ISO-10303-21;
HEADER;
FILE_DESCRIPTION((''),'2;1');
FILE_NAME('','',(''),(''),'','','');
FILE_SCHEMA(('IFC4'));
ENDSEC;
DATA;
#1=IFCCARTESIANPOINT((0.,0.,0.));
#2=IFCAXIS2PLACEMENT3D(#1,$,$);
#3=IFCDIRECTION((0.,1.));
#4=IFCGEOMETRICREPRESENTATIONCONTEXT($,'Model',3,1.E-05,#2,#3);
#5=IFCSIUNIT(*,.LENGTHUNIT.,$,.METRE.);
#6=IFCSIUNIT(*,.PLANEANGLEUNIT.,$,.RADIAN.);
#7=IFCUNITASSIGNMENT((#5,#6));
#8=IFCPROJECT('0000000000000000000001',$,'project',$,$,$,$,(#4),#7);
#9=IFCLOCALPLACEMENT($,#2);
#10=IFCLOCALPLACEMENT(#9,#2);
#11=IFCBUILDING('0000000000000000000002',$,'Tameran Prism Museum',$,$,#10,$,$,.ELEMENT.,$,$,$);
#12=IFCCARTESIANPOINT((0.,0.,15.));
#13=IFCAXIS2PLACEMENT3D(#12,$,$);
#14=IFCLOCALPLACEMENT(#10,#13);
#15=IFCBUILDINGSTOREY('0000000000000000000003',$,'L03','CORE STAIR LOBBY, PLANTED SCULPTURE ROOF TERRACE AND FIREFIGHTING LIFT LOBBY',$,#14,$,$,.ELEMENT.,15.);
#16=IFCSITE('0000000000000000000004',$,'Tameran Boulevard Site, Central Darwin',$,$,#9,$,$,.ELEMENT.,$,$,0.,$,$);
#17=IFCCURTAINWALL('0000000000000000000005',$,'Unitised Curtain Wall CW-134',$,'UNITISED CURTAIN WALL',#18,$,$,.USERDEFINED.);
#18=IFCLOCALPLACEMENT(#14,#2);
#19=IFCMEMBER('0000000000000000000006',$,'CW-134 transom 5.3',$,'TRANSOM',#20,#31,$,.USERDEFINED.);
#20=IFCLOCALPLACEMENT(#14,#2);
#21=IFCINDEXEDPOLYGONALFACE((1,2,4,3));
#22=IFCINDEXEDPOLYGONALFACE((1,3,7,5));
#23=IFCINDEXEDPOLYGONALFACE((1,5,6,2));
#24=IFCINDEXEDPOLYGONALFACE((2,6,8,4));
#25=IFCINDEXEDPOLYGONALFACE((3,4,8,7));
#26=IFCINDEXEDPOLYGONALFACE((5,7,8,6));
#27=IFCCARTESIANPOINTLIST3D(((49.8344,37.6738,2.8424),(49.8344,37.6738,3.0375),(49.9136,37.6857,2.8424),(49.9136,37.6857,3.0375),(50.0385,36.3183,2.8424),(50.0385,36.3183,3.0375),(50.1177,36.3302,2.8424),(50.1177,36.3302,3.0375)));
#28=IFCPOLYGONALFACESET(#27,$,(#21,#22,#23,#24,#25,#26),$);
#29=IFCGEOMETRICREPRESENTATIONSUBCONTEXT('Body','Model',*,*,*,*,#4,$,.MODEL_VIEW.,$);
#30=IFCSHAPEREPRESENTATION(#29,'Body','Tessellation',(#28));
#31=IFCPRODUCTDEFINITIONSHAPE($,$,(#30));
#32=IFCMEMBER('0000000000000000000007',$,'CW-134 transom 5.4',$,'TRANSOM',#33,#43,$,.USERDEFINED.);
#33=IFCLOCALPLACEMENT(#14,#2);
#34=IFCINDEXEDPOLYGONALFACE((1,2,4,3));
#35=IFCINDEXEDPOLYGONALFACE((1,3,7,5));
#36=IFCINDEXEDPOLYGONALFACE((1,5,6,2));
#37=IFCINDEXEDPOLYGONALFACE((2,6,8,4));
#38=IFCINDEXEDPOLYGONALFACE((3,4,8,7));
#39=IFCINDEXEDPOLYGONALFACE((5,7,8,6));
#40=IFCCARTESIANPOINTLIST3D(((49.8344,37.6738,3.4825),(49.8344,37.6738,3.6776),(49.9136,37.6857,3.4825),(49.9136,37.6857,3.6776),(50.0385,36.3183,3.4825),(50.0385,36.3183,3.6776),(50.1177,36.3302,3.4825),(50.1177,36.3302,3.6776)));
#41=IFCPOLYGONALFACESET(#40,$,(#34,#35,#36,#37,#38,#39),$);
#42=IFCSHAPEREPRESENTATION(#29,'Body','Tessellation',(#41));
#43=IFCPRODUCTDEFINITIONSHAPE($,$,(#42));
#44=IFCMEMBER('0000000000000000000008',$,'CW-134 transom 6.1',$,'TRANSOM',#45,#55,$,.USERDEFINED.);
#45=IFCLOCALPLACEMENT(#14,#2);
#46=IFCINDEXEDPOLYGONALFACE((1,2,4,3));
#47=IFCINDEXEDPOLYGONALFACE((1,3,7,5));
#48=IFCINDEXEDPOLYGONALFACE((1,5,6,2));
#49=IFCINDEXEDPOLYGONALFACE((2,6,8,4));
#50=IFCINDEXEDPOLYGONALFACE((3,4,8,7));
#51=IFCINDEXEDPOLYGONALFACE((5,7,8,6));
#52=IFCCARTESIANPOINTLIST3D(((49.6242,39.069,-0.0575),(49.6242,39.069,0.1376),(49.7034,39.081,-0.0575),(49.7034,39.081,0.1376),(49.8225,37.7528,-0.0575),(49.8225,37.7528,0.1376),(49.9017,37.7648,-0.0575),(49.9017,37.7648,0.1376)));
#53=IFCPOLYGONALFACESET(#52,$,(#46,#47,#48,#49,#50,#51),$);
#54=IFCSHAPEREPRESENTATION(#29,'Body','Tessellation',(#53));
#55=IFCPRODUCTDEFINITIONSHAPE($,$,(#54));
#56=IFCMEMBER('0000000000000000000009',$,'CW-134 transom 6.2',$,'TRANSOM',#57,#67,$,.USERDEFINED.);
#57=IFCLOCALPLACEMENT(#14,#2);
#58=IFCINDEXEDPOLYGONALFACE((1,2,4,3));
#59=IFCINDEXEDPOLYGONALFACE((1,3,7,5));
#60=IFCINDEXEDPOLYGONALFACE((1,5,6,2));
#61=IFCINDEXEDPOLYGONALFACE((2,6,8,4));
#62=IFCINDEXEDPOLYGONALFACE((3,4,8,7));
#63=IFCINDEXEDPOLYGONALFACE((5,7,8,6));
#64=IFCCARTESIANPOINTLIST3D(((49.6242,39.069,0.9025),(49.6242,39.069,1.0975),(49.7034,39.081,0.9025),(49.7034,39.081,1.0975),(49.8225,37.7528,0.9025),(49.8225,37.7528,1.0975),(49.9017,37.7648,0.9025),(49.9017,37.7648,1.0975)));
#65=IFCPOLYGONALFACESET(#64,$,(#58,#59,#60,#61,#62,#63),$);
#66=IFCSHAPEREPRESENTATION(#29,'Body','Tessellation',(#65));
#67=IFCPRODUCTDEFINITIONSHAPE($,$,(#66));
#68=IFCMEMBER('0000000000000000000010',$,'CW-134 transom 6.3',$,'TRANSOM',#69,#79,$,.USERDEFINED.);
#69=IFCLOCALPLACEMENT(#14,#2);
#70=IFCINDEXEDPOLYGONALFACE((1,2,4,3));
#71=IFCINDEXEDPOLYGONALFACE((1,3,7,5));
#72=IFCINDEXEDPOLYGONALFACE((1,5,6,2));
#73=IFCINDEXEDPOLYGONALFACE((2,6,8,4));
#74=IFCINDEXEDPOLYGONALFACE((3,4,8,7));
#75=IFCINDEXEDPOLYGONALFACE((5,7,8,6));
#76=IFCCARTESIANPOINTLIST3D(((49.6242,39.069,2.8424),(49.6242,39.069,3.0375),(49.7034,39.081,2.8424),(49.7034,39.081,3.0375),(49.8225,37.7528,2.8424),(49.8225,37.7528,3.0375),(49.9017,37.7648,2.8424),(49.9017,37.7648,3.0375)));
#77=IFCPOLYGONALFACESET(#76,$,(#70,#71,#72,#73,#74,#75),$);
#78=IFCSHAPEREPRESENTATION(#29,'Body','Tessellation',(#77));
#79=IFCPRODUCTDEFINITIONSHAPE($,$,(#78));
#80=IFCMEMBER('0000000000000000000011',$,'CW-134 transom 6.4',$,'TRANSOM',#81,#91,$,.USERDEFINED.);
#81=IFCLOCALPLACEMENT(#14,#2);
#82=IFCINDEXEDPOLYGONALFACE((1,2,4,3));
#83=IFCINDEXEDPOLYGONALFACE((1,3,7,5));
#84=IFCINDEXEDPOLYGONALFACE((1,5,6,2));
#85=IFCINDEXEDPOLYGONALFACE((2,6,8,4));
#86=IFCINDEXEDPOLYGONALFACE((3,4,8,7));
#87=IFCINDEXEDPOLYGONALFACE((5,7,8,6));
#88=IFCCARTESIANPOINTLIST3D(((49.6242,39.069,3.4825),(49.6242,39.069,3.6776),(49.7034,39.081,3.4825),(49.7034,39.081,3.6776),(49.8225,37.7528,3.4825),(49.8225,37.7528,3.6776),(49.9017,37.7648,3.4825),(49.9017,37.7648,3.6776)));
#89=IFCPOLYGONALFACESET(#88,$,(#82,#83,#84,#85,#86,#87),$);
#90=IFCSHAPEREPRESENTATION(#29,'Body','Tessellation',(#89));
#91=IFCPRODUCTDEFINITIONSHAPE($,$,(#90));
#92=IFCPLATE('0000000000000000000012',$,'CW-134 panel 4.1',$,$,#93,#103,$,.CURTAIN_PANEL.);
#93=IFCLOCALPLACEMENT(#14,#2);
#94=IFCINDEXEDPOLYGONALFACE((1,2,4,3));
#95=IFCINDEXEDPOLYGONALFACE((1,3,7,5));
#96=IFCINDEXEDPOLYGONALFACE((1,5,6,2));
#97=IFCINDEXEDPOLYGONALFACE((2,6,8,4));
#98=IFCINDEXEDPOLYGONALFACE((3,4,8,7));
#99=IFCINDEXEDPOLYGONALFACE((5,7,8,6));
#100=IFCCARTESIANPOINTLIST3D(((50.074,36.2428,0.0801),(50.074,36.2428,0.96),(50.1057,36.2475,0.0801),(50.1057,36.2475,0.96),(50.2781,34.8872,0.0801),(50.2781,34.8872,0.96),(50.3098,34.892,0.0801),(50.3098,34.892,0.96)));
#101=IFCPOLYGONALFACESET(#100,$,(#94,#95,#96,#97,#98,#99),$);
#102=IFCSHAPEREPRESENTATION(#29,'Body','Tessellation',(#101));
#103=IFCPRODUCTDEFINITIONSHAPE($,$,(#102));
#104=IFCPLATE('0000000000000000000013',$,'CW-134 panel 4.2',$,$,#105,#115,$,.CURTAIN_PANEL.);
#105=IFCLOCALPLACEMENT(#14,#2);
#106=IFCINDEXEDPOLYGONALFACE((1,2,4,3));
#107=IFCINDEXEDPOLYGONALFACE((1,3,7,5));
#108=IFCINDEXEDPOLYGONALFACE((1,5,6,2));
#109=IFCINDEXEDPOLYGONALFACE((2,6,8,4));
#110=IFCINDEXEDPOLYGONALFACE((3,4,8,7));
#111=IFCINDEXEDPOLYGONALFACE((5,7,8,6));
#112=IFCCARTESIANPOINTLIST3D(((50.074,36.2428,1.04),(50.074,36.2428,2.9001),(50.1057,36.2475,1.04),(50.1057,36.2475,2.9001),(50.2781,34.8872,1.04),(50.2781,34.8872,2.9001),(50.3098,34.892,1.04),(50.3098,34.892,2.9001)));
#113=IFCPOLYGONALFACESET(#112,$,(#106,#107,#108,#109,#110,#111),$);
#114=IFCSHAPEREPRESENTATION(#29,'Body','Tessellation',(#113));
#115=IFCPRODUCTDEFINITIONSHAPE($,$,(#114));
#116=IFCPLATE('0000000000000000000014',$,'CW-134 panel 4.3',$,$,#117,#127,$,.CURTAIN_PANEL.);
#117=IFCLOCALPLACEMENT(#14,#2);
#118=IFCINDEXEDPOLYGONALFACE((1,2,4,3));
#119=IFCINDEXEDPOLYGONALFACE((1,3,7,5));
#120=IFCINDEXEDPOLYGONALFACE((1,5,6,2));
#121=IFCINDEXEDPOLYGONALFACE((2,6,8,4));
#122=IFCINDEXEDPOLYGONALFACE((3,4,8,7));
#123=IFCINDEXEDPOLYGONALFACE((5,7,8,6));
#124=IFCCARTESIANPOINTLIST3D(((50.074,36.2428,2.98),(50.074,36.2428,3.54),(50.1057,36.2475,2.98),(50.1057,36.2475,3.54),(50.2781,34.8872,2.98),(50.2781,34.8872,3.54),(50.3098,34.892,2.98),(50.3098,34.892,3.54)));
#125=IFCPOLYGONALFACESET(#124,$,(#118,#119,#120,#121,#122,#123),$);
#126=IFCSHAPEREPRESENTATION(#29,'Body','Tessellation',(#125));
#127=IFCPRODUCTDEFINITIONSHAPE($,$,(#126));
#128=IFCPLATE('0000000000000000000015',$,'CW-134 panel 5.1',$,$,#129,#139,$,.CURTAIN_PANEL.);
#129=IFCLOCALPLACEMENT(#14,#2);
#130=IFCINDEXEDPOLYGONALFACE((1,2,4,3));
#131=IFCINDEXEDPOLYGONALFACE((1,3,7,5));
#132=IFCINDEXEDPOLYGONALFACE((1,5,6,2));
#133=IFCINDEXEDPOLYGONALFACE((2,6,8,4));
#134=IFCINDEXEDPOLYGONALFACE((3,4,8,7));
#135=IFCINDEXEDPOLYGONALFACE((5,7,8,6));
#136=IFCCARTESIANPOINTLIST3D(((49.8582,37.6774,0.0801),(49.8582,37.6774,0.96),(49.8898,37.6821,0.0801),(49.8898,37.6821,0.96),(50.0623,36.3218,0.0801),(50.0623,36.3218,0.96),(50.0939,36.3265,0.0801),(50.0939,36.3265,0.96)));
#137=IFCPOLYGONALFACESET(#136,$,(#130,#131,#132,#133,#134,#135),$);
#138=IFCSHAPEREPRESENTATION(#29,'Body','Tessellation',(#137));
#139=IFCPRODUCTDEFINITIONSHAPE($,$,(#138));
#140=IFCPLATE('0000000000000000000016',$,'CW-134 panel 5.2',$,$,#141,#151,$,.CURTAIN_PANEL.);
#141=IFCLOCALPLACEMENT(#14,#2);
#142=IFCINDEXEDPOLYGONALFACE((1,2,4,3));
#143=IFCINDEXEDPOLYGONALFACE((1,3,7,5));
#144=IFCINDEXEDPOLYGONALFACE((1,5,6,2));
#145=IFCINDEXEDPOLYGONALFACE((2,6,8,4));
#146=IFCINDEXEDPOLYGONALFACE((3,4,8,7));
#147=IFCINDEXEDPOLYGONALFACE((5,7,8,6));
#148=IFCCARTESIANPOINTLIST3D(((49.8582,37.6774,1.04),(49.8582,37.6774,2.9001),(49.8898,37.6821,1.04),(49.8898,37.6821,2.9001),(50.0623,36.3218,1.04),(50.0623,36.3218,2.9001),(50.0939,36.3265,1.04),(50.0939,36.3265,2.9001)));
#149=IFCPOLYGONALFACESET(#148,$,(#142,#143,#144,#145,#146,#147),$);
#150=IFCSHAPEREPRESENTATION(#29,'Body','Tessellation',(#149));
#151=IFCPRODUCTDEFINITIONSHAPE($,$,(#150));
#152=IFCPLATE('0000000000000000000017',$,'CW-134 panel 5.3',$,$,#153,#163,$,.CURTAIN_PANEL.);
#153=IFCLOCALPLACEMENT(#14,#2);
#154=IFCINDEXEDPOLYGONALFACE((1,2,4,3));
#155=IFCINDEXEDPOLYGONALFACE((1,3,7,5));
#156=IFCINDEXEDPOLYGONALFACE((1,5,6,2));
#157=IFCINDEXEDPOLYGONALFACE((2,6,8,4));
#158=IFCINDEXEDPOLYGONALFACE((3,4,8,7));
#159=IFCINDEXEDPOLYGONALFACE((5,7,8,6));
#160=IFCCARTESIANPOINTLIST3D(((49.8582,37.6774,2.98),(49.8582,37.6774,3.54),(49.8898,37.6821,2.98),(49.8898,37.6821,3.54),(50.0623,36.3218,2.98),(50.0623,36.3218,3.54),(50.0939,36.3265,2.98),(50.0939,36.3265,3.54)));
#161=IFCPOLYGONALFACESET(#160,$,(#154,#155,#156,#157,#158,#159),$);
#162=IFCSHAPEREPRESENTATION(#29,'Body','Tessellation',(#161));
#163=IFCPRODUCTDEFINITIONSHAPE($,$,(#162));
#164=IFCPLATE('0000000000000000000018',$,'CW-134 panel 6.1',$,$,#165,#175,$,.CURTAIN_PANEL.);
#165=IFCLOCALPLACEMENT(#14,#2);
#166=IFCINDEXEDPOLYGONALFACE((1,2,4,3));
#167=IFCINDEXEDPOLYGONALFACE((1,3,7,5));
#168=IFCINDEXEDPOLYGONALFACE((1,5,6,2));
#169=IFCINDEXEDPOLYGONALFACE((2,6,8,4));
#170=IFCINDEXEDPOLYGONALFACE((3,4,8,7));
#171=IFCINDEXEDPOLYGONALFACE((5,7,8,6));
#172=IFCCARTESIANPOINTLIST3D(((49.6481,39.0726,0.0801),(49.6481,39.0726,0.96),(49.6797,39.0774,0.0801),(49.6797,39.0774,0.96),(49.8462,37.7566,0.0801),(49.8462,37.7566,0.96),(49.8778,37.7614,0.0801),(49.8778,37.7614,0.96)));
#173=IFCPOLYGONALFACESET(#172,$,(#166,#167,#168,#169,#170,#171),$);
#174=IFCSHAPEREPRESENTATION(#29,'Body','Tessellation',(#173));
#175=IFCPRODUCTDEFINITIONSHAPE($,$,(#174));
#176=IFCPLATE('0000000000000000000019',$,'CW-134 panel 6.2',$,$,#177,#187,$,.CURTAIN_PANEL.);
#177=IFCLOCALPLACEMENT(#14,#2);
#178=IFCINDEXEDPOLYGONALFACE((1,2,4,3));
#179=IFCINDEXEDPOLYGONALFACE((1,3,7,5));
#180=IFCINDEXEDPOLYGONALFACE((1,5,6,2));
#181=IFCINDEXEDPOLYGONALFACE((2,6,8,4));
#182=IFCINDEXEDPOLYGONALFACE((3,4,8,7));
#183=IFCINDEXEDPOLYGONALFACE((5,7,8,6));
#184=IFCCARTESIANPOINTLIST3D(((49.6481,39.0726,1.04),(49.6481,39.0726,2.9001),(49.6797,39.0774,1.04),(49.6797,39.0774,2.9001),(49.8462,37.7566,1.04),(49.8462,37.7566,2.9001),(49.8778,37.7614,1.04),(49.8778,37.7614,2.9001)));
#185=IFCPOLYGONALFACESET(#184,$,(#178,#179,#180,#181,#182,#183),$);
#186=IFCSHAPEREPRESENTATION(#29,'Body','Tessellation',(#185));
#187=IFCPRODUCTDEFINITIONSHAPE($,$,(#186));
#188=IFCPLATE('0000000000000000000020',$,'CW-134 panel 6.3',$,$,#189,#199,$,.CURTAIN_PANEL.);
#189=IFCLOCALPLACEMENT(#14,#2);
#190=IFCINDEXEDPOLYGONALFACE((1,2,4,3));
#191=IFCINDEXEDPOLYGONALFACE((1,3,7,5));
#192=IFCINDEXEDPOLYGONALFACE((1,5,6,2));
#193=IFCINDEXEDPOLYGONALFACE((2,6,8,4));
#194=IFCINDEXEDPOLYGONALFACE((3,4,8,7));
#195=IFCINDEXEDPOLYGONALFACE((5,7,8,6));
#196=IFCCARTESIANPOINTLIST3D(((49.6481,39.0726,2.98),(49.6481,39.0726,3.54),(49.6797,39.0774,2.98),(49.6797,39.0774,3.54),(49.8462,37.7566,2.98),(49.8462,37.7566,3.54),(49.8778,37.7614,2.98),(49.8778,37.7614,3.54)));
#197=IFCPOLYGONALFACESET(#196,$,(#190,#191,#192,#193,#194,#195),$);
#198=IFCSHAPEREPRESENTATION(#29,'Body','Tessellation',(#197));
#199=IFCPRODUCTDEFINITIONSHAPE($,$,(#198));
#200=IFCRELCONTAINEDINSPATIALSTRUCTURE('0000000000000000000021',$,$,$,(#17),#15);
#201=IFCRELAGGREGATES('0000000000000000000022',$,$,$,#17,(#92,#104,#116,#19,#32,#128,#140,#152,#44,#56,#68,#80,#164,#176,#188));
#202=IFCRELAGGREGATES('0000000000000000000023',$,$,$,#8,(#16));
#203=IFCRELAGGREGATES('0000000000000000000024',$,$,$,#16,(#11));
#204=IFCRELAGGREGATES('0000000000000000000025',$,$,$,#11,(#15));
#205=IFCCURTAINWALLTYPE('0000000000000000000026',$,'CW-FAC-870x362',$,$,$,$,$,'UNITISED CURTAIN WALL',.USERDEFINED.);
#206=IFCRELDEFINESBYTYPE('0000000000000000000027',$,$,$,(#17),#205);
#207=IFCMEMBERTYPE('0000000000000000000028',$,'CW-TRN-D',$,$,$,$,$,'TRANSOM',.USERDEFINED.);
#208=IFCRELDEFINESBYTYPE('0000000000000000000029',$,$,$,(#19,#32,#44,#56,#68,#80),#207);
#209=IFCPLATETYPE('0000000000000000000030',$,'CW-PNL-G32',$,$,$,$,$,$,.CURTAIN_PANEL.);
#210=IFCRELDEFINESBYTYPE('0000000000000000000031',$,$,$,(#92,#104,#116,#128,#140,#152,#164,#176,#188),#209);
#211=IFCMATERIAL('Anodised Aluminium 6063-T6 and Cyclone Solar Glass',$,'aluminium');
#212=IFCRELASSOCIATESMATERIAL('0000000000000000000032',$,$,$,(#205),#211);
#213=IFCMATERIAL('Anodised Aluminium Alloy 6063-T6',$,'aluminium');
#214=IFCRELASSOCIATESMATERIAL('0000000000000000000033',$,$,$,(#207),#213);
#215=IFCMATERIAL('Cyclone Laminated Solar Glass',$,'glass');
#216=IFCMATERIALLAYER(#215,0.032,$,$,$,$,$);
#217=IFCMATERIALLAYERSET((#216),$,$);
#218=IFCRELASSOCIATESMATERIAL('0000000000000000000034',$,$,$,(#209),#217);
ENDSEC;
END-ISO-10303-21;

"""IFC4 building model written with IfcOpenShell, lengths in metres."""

from ifc_helpers import new_model, si_unit, direction, frame, origin, origin_2d, place, context, subcontext, project, spatial, rectangle, extrude, material, layer, layer_set, material_profile, profile_set, type_object, element, aggregate, save


model = new_model("IFC4")

# Units and contexts
model_context = context("Model", 3, precision=1e-05, world=origin(), true_north=direction((0.0, 1.0)))
body_context = subcontext(model_context, "Body", "Model", "MODEL_VIEW")
ifc_project = project(units=[si_unit("LENGTHUNIT", "METRE"), si_unit("PLANEANGLEUNIT", "RADIAN")], contexts=[model_context])

# Site, building, storey
site_placement = place(None, origin())
site = spatial("IfcSite", under=ifc_project, at=site_placement, Name="Tameran Boulevard Site, Central Darwin", CompositionType="ELEMENT", RefElevation=0.0)
building_placement = place(site_placement, origin())
building = spatial("IfcBuilding", under=site, at=building_placement, Name="Tameran Prism Museum", CompositionType="ELEMENT")
storey_placement = place(building_placement, frame((0.0, 0.0, 15.0)))
storey = spatial("IfcBuildingStorey", under=building, at=storey_placement, Name="L03", Description="CORE STAIR LOBBY, PLANTED SCULPTURE ROOF TERRACE AND FIREFIGHTING LIFT LOBBY", CompositionType="ELEMENT", Elevation=15.0)

# Curtain wall
ifc_material_1 = material(Name="Anodised Aluminium 6063-T6 and Cyclone Solar Glass", Category="aluminium")
curtain_wall_type_1 = type_object("IfcCurtainWallType", Name="CW-FAC-870x362", ElementType="UNITISED CURTAIN WALL", PredefinedType="USERDEFINED", material=ifc_material_1)
curtain_wall_1_placement = place(storey_placement, origin())
curtain_wall_1 = element("IfcCurtainWall", 1, at=curtain_wall_1_placement, inside=storey, type_object=curtain_wall_type_1, Name="Unitised Curtain Wall CW-134", ObjectType="UNITISED CURTAIN WALL", PredefinedType="USERDEFINED")

# Members
ifc_material_2 = material(Name="Anodised Aluminium Alloy 6063-T6", Category="aluminium")
ifc_material_profile_1 = material_profile(ifc_material_2, rectangle(XDim=0.0801, YDim=0.1951, at=origin_2d()))
ifc_profile_set_1 = profile_set([ifc_material_profile_1])
member_type_1 = type_object("IfcMemberType", Name="CW-TRN-D", ElementType="TRANSOM", PredefinedType="USERDEFINED", material=ifc_profile_set_1)
member_1_placement = place(storey_placement, frame((50.0781, 36.3242, 2.9399), z_axis=(-0.148898, 0.988853, 0.0), x_axis=(-0.988853, -0.148898, 0.0)))
member_1 = element("IfcMember", 2, at=member_1_placement, type_object=member_type_1, Name="CW-134 transom 5.3", ObjectType="TRANSOM", PredefinedType="USERDEFINED", context=body_context, shape_type="SweptSolid", body=[
    extrude(rectangle(XDim=0.0801, YDim=0.1951, at=origin_2d()), origin(), (0.0, 0.0, 1.0), 1.3708),
])
member_2_placement = place(storey_placement, frame((50.0781, 36.3242, 3.5801), z_axis=(-0.148898, 0.988853, 0.0), x_axis=(-0.988853, -0.148898, 0.0)))
member_2 = element("IfcMember", 3, at=member_2_placement, type_object=member_type_1, Name="CW-134 transom 5.4", ObjectType="TRANSOM", PredefinedType="USERDEFINED", context=body_context, shape_type="SweptSolid", body=[
    extrude(rectangle(XDim=0.0801, YDim=0.1951, at=origin_2d()), origin(), (0.0, 0.0, 1.0), 1.3708),
])
member_3_placement = place(storey_placement, frame((49.8621, 37.7588, 0.04), z_axis=(-0.148941, 0.988846, 0.0), x_axis=(-0.988846, -0.148941, 0.0)))
member_3 = element("IfcMember", 4, at=member_3_placement, type_object=member_type_1, Name="CW-134 transom 6.1", ObjectType="TRANSOM", PredefinedType="USERDEFINED", context=body_context, shape_type="SweptSolid", body=[
    extrude(rectangle(XDim=0.0801, YDim=0.1951, at=origin_2d()), origin(), (0.0, 0.0, 1.0), 1.3311),
])
member_4_placement = place(storey_placement, frame((49.8621, 37.7588, 1.0), z_axis=(-0.148941, 0.988846, 0.0), x_axis=(-0.988846, -0.148941, 0.0)))
member_4 = element("IfcMember", 5, at=member_4_placement, type_object=member_type_1, Name="CW-134 transom 6.2", ObjectType="TRANSOM", PredefinedType="USERDEFINED", context=body_context, shape_type="SweptSolid", body=[
    extrude(rectangle(XDim=0.0801, YDim=0.1951, at=origin_2d()), origin(), (0.0, 0.0, 1.0), 1.3311),
])
member_5_placement = place(storey_placement, frame((49.8621, 37.7588, 2.9399), z_axis=(-0.148941, 0.988846, 0.0), x_axis=(-0.988846, -0.148941, 0.0)))
member_5 = element("IfcMember", 6, at=member_5_placement, type_object=member_type_1, Name="CW-134 transom 6.3", ObjectType="TRANSOM", PredefinedType="USERDEFINED", context=body_context, shape_type="SweptSolid", body=[
    extrude(rectangle(XDim=0.0801, YDim=0.1951, at=origin_2d()), origin(), (0.0, 0.0, 1.0), 1.3311),
])
member_6_placement = place(storey_placement, frame((49.8621, 37.7588, 3.5801), z_axis=(-0.148941, 0.988846, 0.0), x_axis=(-0.988846, -0.148941, 0.0)))
member_6 = element("IfcMember", 7, at=member_6_placement, type_object=member_type_1, Name="CW-134 transom 6.4", ObjectType="TRANSOM", PredefinedType="USERDEFINED", context=body_context, shape_type="SweptSolid", body=[
    extrude(rectangle(XDim=0.0801, YDim=0.1951, at=origin_2d()), origin(), (0.0, 0.0, 1.0), 1.3311),
])

# Plates
ifc_material_3 = material(Name="Cyclone Laminated Solar Glass", Category="glass")
ifc_layer_1 = layer(ifc_material_3, 0.032)
ifc_layer_set_1 = layer_set([ifc_layer_1])
plate_type = type_object("IfcPlateType", Name="CW-PNL-G32", PredefinedType="CURTAIN_PANEL", material=ifc_layer_set_1)
plate_1_placement = place(storey_placement, frame((50.1919, 35.5674, 0.0801), z_axis=(0.0, 0.0, 1.0), x_axis=(-0.14888, 0.988855, 0.0)))
plate_1 = element("IfcPlate", 8, at=plate_1_placement, type_object=plate_type, Name="CW-134 panel 4.1", PredefinedType="CURTAIN_PANEL", context=body_context, shape_type="SweptSolid", body=[
    extrude(rectangle(XDim=1.3708, YDim=0.032, at=origin_2d()), origin(), (0.0, 0.0, 1.0), 0.8799),
])
plate_2_placement = place(storey_placement, frame((50.1919, 35.5674, 1.04), z_axis=(0.0, 0.0, 1.0), x_axis=(-0.14888, 0.988855, 0.0)))
plate_2 = element("IfcPlate", 9, at=plate_2_placement, type_object=plate_type, Name="CW-134 panel 4.2", PredefinedType="CURTAIN_PANEL", context=body_context, shape_type="SweptSolid", body=[
    extrude(rectangle(XDim=1.3708, YDim=0.032, at=origin_2d()), origin(), (0.0, 0.0, 1.0), 1.8601),
])
plate_3_placement = place(storey_placement, frame((50.1919, 35.5674, 2.98), z_axis=(0.0, 0.0, 1.0), x_axis=(-0.14888, 0.988855, 0.0)))
plate_3 = element("IfcPlate", 10, at=plate_3_placement, type_object=plate_type, Name="CW-134 panel 4.3", PredefinedType="CURTAIN_PANEL", context=body_context, shape_type="SweptSolid", body=[
    extrude(rectangle(XDim=1.3708, YDim=0.032, at=origin_2d()), origin(), (0.0, 0.0, 1.0), 0.5601),
])
plate_4_placement = place(storey_placement, frame((49.9761, 37.002, 0.0801), z_axis=(0.0, 0.0, 1.0), x_axis=(-0.14888, 0.988855, 0.0)))
plate_4 = element("IfcPlate", 11, at=plate_4_placement, type_object=plate_type, Name="CW-134 panel 5.1", PredefinedType="CURTAIN_PANEL", context=body_context, shape_type="SweptSolid", body=[
    extrude(rectangle(XDim=1.3708, YDim=0.032, at=origin_2d()), origin(), (0.0, 0.0, 1.0), 0.8799),
])
plate_5_placement = place(storey_placement, frame((49.9761, 37.002, 1.04), z_axis=(0.0, 0.0, 1.0), x_axis=(-0.14888, 0.988855, 0.0)))
plate_5 = element("IfcPlate", 12, at=plate_5_placement, type_object=plate_type, Name="CW-134 panel 5.2", PredefinedType="CURTAIN_PANEL", context=body_context, shape_type="SweptSolid", body=[
    extrude(rectangle(XDim=1.3708, YDim=0.032, at=origin_2d()), origin(), (0.0, 0.0, 1.0), 1.8601),
])
plate_6_placement = place(storey_placement, frame((49.9761, 37.002, 2.98), z_axis=(0.0, 0.0, 1.0), x_axis=(-0.14888, 0.988855, 0.0)))
plate_6 = element("IfcPlate", 13, at=plate_6_placement, type_object=plate_type, Name="CW-134 panel 5.3", PredefinedType="CURTAIN_PANEL", context=body_context, shape_type="SweptSolid", body=[
    extrude(rectangle(XDim=1.3708, YDim=0.032, at=origin_2d()), origin(), (0.0, 0.0, 1.0), 0.5601),
])
plate_7_placement = place(storey_placement, frame((49.7629, 38.417, 0.0801), z_axis=(0.0, 0.0, 1.0), x_axis=(-0.14888, 0.988855, 0.0)))
plate_7 = element("IfcPlate", 14, at=plate_7_placement, type_object=plate_type, Name="CW-134 panel 6.1", PredefinedType="CURTAIN_PANEL", context=body_context, shape_type="SweptSolid", body=[
    extrude(rectangle(XDim=1.3308, YDim=0.032, at=origin_2d()), origin(), (0.0, 0.0, 1.0), 0.8799),
])
plate_8_placement = place(storey_placement, frame((49.7629, 38.417, 1.04), z_axis=(0.0, 0.0, 1.0), x_axis=(-0.14888, 0.988855, 0.0)))
plate_8 = element("IfcPlate", 15, at=plate_8_placement, type_object=plate_type, Name="CW-134 panel 6.2", PredefinedType="CURTAIN_PANEL", context=body_context, shape_type="SweptSolid", body=[
    extrude(rectangle(XDim=1.3308, YDim=0.032, at=origin_2d()), origin(), (0.0, 0.0, 1.0), 1.8601),
])
plate_9_placement = place(storey_placement, frame((49.7629, 38.417, 2.98), z_axis=(0.0, 0.0, 1.0), x_axis=(-0.14888, 0.988855, 0.0)))
plate_9 = element("IfcPlate", 16, at=plate_9_placement, type_object=plate_type, Name="CW-134 panel 6.3", PredefinedType="CURTAIN_PANEL", context=body_context, shape_type="SweptSolid", body=[
    extrude(rectangle(XDim=1.3308, YDim=0.032, at=origin_2d()), origin(), (0.0, 0.0, 1.0), 0.5601),
])
aggregate(curtain_wall_1, [plate_1, plate_2, plate_3, member_1, member_2, plate_4, plate_5, plate_6, member_3, member_4, member_5, member_6, plate_7, plate_8, plate_9])

save(model, "model.ifc")
